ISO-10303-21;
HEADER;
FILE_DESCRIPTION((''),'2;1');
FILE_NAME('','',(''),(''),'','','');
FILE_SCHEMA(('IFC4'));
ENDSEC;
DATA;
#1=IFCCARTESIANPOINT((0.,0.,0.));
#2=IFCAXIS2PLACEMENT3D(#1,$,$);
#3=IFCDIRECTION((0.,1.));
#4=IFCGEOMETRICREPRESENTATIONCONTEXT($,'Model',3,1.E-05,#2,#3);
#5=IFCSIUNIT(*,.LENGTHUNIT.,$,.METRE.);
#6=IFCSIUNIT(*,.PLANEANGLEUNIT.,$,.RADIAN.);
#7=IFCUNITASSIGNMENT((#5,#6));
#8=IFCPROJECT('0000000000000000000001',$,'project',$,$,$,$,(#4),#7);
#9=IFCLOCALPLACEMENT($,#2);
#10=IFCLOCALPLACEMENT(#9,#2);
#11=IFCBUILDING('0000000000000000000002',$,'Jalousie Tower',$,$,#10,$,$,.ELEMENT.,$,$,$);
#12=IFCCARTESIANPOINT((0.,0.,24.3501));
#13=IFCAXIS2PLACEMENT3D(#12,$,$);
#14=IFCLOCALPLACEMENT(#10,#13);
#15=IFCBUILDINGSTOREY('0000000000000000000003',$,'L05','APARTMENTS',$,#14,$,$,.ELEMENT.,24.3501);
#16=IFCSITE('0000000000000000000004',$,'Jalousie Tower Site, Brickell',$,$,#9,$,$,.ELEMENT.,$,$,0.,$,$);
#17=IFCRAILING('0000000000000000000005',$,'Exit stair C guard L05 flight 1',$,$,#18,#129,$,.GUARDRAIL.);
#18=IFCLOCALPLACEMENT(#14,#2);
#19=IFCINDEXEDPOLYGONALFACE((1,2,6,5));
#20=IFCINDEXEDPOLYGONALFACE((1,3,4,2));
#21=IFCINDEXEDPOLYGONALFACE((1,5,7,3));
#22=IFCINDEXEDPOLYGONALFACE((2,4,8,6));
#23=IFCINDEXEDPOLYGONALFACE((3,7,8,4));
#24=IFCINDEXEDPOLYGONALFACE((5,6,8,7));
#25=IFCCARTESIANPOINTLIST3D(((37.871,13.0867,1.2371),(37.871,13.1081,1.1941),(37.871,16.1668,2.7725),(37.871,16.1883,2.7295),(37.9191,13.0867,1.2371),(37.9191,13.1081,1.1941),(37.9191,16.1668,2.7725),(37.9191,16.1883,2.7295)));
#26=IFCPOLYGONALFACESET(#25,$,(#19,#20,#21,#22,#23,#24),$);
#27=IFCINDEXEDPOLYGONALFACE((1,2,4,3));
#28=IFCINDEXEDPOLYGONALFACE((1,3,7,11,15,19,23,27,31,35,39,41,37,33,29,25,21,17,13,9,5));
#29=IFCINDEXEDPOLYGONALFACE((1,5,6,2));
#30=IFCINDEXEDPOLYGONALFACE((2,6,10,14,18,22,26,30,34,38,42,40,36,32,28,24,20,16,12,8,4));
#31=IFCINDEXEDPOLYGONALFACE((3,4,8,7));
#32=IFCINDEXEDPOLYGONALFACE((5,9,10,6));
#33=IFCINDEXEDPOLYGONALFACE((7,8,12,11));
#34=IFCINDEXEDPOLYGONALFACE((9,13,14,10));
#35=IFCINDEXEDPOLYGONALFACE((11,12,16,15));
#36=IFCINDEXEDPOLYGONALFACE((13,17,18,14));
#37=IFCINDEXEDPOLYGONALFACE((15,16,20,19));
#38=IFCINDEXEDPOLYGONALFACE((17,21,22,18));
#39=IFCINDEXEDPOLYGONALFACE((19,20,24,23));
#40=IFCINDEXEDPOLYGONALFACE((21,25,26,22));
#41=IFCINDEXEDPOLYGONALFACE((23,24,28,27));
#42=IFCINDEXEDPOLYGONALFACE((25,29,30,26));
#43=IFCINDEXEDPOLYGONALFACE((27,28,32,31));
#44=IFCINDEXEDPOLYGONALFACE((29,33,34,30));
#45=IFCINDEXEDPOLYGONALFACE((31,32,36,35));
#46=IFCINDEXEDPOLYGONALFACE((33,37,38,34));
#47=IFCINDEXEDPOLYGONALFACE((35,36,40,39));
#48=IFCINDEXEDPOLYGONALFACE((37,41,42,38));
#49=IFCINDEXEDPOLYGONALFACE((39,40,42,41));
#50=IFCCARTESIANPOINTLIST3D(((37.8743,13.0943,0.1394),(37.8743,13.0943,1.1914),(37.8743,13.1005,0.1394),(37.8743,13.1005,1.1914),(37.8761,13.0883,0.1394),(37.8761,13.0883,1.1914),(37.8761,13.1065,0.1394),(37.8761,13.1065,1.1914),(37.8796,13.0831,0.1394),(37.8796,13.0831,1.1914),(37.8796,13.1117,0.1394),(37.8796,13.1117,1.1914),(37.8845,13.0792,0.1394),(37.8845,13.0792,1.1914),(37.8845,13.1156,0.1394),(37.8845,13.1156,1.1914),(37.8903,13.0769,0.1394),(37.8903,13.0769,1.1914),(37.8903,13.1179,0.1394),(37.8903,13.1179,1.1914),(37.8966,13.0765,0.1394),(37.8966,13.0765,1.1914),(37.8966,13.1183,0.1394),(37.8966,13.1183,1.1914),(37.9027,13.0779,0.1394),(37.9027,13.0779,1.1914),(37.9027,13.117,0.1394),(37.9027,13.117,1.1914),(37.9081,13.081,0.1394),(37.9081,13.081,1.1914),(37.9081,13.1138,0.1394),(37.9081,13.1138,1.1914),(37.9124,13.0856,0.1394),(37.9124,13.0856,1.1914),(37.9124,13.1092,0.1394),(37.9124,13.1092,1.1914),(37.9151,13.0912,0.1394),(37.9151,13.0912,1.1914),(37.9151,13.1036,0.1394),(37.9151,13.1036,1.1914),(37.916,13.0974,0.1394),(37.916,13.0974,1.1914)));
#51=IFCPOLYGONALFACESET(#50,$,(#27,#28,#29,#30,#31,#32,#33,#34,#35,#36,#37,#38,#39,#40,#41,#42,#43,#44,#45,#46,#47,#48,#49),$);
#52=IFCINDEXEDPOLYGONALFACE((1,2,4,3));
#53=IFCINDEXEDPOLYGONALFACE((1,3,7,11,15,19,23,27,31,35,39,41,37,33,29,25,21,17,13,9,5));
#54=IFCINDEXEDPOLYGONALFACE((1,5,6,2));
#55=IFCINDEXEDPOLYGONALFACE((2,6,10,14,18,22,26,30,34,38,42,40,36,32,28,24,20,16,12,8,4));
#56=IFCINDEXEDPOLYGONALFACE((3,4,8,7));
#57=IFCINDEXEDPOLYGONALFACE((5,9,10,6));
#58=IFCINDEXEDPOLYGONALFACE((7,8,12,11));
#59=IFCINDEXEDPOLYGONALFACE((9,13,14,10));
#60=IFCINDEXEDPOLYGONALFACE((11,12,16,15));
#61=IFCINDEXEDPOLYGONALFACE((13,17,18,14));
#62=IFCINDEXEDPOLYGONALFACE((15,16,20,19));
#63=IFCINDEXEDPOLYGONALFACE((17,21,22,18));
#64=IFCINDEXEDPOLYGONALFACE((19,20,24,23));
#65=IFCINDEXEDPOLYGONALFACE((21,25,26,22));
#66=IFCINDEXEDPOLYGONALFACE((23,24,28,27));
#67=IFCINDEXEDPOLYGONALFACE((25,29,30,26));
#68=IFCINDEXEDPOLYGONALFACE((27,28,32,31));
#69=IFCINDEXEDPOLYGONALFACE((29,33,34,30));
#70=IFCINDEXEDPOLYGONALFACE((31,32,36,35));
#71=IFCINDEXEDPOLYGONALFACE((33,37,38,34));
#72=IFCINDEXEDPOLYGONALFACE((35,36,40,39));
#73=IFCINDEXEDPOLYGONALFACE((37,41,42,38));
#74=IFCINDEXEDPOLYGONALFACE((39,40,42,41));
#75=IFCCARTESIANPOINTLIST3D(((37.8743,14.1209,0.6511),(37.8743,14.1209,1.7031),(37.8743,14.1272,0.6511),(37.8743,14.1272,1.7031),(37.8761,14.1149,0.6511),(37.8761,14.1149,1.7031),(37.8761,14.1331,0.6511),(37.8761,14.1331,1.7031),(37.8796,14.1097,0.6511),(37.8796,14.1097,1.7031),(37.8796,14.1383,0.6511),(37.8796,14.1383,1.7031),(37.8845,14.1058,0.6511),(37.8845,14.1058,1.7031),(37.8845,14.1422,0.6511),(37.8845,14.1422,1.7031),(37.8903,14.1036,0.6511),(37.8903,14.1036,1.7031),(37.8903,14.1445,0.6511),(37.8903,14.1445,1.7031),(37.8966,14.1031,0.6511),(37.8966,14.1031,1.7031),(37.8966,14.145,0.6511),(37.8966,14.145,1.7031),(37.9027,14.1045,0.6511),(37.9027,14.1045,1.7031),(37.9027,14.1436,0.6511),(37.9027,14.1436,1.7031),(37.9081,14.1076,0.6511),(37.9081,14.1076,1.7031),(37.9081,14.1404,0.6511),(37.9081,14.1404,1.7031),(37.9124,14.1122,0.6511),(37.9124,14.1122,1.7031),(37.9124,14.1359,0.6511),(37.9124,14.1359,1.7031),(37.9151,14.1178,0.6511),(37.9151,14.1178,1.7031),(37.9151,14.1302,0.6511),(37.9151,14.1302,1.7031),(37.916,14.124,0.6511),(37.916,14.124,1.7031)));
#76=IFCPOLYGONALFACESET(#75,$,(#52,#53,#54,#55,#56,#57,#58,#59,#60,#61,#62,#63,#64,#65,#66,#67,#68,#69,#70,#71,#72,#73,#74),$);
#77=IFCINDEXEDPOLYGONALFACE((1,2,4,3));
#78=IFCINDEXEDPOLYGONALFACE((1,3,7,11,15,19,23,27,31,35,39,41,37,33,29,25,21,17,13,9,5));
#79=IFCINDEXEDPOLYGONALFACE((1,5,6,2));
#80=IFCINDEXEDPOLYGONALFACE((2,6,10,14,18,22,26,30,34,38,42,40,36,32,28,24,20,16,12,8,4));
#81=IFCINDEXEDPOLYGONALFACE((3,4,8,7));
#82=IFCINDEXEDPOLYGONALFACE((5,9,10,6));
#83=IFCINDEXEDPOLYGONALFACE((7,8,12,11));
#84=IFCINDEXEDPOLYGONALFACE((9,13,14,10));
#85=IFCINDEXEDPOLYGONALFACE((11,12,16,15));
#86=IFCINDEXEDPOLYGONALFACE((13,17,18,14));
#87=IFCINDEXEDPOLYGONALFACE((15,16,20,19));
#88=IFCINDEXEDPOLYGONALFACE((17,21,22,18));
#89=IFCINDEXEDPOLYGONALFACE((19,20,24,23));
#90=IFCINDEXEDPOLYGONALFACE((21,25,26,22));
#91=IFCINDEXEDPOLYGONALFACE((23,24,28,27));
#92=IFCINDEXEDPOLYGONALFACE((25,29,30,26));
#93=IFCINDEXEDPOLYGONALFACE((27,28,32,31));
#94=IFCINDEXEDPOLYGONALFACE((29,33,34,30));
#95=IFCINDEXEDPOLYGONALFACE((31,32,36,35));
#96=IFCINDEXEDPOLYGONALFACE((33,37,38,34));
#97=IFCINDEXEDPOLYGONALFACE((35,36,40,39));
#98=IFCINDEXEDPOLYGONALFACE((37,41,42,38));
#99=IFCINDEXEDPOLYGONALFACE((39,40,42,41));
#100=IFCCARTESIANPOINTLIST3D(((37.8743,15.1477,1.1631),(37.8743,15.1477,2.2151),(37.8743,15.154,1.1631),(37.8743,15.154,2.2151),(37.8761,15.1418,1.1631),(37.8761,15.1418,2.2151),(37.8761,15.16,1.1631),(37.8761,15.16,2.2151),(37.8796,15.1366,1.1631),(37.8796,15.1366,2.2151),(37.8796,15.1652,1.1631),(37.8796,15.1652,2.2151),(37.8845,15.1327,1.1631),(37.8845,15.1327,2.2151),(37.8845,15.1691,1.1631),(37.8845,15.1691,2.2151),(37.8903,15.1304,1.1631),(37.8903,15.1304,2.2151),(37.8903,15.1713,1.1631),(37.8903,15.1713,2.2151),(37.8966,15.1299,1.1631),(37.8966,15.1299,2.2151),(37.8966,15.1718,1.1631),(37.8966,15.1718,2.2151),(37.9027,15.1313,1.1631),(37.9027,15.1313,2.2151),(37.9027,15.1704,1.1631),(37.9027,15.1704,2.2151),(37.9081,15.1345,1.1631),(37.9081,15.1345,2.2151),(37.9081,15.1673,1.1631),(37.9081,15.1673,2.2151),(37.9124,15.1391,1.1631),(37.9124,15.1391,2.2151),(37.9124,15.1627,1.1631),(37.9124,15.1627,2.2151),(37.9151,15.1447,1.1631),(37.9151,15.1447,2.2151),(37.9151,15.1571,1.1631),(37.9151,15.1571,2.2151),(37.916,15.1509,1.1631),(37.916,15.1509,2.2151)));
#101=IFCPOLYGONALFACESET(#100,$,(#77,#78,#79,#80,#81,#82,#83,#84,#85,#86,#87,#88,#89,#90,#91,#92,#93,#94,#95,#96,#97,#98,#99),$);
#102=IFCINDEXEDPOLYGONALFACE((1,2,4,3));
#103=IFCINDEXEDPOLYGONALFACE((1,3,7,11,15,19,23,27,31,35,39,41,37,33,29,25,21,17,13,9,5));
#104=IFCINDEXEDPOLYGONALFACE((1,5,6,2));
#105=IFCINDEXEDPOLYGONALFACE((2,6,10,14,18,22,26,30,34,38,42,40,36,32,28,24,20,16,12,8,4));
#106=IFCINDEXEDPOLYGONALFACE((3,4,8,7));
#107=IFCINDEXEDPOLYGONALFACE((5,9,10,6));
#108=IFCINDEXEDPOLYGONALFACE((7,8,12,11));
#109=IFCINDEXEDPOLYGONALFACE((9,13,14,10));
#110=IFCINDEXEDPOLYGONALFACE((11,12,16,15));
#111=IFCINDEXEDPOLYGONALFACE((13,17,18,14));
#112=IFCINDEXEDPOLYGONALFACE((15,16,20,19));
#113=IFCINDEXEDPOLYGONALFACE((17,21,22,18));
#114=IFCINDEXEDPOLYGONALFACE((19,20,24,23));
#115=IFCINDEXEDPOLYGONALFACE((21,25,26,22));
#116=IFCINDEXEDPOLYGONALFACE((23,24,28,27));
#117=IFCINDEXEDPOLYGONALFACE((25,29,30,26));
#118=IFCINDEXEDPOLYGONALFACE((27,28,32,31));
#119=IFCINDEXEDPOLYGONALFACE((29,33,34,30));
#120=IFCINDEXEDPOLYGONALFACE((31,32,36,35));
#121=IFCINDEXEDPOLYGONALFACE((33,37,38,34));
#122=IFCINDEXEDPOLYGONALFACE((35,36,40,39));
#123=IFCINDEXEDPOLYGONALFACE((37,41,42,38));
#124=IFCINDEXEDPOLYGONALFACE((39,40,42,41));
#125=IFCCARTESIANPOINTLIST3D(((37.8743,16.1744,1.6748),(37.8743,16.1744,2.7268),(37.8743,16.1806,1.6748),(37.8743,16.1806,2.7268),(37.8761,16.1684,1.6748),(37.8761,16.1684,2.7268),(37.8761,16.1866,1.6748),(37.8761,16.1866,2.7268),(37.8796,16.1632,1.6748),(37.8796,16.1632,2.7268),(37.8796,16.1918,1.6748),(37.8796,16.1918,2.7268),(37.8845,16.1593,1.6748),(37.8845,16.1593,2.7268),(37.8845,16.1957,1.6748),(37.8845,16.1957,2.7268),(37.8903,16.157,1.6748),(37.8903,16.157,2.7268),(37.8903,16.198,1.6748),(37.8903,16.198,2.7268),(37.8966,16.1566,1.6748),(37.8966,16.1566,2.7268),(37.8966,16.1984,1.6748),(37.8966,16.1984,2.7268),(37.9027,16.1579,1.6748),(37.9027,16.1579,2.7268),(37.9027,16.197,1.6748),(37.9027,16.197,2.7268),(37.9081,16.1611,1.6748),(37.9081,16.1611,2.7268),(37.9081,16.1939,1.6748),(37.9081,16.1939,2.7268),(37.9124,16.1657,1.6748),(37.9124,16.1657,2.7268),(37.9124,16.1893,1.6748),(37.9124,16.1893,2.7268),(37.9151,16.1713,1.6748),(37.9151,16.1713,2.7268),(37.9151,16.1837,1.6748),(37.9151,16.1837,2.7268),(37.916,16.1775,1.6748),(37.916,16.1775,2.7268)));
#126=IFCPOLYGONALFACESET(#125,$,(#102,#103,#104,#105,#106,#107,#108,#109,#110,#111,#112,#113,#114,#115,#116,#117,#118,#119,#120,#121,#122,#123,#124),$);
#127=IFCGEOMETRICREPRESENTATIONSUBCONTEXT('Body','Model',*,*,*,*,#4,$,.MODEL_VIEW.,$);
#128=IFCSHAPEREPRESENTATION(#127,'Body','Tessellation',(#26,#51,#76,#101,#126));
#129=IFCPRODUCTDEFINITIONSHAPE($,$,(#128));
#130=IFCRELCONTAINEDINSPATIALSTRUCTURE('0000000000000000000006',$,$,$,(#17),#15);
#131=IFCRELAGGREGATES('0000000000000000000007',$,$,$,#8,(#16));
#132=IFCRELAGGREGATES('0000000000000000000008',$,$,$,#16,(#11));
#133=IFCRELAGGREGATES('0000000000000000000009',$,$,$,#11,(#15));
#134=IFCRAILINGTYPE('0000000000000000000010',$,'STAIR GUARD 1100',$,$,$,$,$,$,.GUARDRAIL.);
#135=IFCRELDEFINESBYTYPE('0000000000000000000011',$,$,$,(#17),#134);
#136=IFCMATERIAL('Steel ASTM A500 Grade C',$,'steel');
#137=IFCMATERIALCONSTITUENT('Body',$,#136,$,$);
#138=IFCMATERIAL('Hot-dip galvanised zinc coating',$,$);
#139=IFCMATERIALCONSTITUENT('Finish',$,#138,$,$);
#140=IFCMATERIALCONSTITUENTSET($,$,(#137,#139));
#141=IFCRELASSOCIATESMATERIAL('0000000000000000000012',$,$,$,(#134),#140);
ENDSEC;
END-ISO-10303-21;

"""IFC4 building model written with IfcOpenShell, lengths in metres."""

from ifc_helpers import new_model, si_unit, direction, frame, origin, origin_2d, place, context, subcontext, project, spatial, rectangle, circle, extrude, material, constituent, constituent_set, type_object, element, save


model = new_model("IFC4")

# Units and contexts
model_context = context("Model", 3, precision=1e-05, world=origin(), true_north=direction((0.0, 1.0)))
body_context = subcontext(model_context, "Body", "Model", "MODEL_VIEW")
ifc_project = project(units=[si_unit("LENGTHUNIT", "METRE"), si_unit("PLANEANGLEUNIT", "RADIAN")], contexts=[model_context])

# Site, building, storey
site_placement = place(None, origin())
site = spatial("IfcSite", under=ifc_project, at=site_placement, Name="Jalousie Tower Site, Brickell", CompositionType="ELEMENT", RefElevation=0.0)
building_placement = place(site_placement, origin())
building = spatial("IfcBuilding", under=site, at=building_placement, Name="Jalousie Tower", CompositionType="ELEMENT")
storey_placement = place(building_placement, frame((0.0, 0.0, 24.3501)))
storey = spatial("IfcBuildingStorey", under=building, at=storey_placement, Name="L05", Description="APARTMENTS", CompositionType="ELEMENT", Elevation=24.3501)

# Railing
ifc_material_1 = material(Name="Steel ASTM A500 Grade C", Category="steel")
ifc_constituent_1 = constituent(ifc_material_1, Name="Body")
ifc_material_2 = material(Name="Hot-dip galvanised zinc coating")
ifc_constituent_2 = constituent(ifc_material_2, Name="Finish")
ifc_constituent_set = constituent_set(constituents=[ifc_constituent_1, ifc_constituent_2])
railing_type = type_object("IfcRailingType", Name="STAIR GUARD 1100", PredefinedType="GUARDRAIL", material=ifc_constituent_set)
railing_placement = place(storey_placement, frame((37.895, 13.0974, 0.1394)))
element("IfcRailing", 1, at=railing_placement, inside=storey, type_object=railing_type, Name="Exit stair C guard L05 flight 1", PredefinedType="GUARDRAIL", context=body_context, shape_type="SweptSolid", body=[
    extrude(rectangle(XDim=0.0481, YDim=0.0481, at=origin_2d()), frame((0.0, 0.0, 1.0762), z_axis=(0.0, 0.894966, 0.446135), x_axis=(-1.0, 0.0, 0.0)), (0.0, 0.0, 1.0), 3.4417),
    extrude(circle(Radius=0.021, at=origin_2d()), origin(), (0.0, 0.0, 1.0), 1.052),
    extrude(circle(Radius=0.021, at=origin_2d()), frame((0.0, 1.0266, 0.5117)), (0.0, 0.0, 1.0), 1.052),
    extrude(circle(Radius=0.021, at=origin_2d()), frame((0.0, 2.0535, 1.0237)), (0.0, 0.0, 1.0), 1.052),
    extrude(circle(Radius=0.021, at=origin_2d()), frame((0.0, 3.0801, 1.5354)), (0.0, 0.0, 1.0), 1.052),
])

save(model, "model.ifc")
